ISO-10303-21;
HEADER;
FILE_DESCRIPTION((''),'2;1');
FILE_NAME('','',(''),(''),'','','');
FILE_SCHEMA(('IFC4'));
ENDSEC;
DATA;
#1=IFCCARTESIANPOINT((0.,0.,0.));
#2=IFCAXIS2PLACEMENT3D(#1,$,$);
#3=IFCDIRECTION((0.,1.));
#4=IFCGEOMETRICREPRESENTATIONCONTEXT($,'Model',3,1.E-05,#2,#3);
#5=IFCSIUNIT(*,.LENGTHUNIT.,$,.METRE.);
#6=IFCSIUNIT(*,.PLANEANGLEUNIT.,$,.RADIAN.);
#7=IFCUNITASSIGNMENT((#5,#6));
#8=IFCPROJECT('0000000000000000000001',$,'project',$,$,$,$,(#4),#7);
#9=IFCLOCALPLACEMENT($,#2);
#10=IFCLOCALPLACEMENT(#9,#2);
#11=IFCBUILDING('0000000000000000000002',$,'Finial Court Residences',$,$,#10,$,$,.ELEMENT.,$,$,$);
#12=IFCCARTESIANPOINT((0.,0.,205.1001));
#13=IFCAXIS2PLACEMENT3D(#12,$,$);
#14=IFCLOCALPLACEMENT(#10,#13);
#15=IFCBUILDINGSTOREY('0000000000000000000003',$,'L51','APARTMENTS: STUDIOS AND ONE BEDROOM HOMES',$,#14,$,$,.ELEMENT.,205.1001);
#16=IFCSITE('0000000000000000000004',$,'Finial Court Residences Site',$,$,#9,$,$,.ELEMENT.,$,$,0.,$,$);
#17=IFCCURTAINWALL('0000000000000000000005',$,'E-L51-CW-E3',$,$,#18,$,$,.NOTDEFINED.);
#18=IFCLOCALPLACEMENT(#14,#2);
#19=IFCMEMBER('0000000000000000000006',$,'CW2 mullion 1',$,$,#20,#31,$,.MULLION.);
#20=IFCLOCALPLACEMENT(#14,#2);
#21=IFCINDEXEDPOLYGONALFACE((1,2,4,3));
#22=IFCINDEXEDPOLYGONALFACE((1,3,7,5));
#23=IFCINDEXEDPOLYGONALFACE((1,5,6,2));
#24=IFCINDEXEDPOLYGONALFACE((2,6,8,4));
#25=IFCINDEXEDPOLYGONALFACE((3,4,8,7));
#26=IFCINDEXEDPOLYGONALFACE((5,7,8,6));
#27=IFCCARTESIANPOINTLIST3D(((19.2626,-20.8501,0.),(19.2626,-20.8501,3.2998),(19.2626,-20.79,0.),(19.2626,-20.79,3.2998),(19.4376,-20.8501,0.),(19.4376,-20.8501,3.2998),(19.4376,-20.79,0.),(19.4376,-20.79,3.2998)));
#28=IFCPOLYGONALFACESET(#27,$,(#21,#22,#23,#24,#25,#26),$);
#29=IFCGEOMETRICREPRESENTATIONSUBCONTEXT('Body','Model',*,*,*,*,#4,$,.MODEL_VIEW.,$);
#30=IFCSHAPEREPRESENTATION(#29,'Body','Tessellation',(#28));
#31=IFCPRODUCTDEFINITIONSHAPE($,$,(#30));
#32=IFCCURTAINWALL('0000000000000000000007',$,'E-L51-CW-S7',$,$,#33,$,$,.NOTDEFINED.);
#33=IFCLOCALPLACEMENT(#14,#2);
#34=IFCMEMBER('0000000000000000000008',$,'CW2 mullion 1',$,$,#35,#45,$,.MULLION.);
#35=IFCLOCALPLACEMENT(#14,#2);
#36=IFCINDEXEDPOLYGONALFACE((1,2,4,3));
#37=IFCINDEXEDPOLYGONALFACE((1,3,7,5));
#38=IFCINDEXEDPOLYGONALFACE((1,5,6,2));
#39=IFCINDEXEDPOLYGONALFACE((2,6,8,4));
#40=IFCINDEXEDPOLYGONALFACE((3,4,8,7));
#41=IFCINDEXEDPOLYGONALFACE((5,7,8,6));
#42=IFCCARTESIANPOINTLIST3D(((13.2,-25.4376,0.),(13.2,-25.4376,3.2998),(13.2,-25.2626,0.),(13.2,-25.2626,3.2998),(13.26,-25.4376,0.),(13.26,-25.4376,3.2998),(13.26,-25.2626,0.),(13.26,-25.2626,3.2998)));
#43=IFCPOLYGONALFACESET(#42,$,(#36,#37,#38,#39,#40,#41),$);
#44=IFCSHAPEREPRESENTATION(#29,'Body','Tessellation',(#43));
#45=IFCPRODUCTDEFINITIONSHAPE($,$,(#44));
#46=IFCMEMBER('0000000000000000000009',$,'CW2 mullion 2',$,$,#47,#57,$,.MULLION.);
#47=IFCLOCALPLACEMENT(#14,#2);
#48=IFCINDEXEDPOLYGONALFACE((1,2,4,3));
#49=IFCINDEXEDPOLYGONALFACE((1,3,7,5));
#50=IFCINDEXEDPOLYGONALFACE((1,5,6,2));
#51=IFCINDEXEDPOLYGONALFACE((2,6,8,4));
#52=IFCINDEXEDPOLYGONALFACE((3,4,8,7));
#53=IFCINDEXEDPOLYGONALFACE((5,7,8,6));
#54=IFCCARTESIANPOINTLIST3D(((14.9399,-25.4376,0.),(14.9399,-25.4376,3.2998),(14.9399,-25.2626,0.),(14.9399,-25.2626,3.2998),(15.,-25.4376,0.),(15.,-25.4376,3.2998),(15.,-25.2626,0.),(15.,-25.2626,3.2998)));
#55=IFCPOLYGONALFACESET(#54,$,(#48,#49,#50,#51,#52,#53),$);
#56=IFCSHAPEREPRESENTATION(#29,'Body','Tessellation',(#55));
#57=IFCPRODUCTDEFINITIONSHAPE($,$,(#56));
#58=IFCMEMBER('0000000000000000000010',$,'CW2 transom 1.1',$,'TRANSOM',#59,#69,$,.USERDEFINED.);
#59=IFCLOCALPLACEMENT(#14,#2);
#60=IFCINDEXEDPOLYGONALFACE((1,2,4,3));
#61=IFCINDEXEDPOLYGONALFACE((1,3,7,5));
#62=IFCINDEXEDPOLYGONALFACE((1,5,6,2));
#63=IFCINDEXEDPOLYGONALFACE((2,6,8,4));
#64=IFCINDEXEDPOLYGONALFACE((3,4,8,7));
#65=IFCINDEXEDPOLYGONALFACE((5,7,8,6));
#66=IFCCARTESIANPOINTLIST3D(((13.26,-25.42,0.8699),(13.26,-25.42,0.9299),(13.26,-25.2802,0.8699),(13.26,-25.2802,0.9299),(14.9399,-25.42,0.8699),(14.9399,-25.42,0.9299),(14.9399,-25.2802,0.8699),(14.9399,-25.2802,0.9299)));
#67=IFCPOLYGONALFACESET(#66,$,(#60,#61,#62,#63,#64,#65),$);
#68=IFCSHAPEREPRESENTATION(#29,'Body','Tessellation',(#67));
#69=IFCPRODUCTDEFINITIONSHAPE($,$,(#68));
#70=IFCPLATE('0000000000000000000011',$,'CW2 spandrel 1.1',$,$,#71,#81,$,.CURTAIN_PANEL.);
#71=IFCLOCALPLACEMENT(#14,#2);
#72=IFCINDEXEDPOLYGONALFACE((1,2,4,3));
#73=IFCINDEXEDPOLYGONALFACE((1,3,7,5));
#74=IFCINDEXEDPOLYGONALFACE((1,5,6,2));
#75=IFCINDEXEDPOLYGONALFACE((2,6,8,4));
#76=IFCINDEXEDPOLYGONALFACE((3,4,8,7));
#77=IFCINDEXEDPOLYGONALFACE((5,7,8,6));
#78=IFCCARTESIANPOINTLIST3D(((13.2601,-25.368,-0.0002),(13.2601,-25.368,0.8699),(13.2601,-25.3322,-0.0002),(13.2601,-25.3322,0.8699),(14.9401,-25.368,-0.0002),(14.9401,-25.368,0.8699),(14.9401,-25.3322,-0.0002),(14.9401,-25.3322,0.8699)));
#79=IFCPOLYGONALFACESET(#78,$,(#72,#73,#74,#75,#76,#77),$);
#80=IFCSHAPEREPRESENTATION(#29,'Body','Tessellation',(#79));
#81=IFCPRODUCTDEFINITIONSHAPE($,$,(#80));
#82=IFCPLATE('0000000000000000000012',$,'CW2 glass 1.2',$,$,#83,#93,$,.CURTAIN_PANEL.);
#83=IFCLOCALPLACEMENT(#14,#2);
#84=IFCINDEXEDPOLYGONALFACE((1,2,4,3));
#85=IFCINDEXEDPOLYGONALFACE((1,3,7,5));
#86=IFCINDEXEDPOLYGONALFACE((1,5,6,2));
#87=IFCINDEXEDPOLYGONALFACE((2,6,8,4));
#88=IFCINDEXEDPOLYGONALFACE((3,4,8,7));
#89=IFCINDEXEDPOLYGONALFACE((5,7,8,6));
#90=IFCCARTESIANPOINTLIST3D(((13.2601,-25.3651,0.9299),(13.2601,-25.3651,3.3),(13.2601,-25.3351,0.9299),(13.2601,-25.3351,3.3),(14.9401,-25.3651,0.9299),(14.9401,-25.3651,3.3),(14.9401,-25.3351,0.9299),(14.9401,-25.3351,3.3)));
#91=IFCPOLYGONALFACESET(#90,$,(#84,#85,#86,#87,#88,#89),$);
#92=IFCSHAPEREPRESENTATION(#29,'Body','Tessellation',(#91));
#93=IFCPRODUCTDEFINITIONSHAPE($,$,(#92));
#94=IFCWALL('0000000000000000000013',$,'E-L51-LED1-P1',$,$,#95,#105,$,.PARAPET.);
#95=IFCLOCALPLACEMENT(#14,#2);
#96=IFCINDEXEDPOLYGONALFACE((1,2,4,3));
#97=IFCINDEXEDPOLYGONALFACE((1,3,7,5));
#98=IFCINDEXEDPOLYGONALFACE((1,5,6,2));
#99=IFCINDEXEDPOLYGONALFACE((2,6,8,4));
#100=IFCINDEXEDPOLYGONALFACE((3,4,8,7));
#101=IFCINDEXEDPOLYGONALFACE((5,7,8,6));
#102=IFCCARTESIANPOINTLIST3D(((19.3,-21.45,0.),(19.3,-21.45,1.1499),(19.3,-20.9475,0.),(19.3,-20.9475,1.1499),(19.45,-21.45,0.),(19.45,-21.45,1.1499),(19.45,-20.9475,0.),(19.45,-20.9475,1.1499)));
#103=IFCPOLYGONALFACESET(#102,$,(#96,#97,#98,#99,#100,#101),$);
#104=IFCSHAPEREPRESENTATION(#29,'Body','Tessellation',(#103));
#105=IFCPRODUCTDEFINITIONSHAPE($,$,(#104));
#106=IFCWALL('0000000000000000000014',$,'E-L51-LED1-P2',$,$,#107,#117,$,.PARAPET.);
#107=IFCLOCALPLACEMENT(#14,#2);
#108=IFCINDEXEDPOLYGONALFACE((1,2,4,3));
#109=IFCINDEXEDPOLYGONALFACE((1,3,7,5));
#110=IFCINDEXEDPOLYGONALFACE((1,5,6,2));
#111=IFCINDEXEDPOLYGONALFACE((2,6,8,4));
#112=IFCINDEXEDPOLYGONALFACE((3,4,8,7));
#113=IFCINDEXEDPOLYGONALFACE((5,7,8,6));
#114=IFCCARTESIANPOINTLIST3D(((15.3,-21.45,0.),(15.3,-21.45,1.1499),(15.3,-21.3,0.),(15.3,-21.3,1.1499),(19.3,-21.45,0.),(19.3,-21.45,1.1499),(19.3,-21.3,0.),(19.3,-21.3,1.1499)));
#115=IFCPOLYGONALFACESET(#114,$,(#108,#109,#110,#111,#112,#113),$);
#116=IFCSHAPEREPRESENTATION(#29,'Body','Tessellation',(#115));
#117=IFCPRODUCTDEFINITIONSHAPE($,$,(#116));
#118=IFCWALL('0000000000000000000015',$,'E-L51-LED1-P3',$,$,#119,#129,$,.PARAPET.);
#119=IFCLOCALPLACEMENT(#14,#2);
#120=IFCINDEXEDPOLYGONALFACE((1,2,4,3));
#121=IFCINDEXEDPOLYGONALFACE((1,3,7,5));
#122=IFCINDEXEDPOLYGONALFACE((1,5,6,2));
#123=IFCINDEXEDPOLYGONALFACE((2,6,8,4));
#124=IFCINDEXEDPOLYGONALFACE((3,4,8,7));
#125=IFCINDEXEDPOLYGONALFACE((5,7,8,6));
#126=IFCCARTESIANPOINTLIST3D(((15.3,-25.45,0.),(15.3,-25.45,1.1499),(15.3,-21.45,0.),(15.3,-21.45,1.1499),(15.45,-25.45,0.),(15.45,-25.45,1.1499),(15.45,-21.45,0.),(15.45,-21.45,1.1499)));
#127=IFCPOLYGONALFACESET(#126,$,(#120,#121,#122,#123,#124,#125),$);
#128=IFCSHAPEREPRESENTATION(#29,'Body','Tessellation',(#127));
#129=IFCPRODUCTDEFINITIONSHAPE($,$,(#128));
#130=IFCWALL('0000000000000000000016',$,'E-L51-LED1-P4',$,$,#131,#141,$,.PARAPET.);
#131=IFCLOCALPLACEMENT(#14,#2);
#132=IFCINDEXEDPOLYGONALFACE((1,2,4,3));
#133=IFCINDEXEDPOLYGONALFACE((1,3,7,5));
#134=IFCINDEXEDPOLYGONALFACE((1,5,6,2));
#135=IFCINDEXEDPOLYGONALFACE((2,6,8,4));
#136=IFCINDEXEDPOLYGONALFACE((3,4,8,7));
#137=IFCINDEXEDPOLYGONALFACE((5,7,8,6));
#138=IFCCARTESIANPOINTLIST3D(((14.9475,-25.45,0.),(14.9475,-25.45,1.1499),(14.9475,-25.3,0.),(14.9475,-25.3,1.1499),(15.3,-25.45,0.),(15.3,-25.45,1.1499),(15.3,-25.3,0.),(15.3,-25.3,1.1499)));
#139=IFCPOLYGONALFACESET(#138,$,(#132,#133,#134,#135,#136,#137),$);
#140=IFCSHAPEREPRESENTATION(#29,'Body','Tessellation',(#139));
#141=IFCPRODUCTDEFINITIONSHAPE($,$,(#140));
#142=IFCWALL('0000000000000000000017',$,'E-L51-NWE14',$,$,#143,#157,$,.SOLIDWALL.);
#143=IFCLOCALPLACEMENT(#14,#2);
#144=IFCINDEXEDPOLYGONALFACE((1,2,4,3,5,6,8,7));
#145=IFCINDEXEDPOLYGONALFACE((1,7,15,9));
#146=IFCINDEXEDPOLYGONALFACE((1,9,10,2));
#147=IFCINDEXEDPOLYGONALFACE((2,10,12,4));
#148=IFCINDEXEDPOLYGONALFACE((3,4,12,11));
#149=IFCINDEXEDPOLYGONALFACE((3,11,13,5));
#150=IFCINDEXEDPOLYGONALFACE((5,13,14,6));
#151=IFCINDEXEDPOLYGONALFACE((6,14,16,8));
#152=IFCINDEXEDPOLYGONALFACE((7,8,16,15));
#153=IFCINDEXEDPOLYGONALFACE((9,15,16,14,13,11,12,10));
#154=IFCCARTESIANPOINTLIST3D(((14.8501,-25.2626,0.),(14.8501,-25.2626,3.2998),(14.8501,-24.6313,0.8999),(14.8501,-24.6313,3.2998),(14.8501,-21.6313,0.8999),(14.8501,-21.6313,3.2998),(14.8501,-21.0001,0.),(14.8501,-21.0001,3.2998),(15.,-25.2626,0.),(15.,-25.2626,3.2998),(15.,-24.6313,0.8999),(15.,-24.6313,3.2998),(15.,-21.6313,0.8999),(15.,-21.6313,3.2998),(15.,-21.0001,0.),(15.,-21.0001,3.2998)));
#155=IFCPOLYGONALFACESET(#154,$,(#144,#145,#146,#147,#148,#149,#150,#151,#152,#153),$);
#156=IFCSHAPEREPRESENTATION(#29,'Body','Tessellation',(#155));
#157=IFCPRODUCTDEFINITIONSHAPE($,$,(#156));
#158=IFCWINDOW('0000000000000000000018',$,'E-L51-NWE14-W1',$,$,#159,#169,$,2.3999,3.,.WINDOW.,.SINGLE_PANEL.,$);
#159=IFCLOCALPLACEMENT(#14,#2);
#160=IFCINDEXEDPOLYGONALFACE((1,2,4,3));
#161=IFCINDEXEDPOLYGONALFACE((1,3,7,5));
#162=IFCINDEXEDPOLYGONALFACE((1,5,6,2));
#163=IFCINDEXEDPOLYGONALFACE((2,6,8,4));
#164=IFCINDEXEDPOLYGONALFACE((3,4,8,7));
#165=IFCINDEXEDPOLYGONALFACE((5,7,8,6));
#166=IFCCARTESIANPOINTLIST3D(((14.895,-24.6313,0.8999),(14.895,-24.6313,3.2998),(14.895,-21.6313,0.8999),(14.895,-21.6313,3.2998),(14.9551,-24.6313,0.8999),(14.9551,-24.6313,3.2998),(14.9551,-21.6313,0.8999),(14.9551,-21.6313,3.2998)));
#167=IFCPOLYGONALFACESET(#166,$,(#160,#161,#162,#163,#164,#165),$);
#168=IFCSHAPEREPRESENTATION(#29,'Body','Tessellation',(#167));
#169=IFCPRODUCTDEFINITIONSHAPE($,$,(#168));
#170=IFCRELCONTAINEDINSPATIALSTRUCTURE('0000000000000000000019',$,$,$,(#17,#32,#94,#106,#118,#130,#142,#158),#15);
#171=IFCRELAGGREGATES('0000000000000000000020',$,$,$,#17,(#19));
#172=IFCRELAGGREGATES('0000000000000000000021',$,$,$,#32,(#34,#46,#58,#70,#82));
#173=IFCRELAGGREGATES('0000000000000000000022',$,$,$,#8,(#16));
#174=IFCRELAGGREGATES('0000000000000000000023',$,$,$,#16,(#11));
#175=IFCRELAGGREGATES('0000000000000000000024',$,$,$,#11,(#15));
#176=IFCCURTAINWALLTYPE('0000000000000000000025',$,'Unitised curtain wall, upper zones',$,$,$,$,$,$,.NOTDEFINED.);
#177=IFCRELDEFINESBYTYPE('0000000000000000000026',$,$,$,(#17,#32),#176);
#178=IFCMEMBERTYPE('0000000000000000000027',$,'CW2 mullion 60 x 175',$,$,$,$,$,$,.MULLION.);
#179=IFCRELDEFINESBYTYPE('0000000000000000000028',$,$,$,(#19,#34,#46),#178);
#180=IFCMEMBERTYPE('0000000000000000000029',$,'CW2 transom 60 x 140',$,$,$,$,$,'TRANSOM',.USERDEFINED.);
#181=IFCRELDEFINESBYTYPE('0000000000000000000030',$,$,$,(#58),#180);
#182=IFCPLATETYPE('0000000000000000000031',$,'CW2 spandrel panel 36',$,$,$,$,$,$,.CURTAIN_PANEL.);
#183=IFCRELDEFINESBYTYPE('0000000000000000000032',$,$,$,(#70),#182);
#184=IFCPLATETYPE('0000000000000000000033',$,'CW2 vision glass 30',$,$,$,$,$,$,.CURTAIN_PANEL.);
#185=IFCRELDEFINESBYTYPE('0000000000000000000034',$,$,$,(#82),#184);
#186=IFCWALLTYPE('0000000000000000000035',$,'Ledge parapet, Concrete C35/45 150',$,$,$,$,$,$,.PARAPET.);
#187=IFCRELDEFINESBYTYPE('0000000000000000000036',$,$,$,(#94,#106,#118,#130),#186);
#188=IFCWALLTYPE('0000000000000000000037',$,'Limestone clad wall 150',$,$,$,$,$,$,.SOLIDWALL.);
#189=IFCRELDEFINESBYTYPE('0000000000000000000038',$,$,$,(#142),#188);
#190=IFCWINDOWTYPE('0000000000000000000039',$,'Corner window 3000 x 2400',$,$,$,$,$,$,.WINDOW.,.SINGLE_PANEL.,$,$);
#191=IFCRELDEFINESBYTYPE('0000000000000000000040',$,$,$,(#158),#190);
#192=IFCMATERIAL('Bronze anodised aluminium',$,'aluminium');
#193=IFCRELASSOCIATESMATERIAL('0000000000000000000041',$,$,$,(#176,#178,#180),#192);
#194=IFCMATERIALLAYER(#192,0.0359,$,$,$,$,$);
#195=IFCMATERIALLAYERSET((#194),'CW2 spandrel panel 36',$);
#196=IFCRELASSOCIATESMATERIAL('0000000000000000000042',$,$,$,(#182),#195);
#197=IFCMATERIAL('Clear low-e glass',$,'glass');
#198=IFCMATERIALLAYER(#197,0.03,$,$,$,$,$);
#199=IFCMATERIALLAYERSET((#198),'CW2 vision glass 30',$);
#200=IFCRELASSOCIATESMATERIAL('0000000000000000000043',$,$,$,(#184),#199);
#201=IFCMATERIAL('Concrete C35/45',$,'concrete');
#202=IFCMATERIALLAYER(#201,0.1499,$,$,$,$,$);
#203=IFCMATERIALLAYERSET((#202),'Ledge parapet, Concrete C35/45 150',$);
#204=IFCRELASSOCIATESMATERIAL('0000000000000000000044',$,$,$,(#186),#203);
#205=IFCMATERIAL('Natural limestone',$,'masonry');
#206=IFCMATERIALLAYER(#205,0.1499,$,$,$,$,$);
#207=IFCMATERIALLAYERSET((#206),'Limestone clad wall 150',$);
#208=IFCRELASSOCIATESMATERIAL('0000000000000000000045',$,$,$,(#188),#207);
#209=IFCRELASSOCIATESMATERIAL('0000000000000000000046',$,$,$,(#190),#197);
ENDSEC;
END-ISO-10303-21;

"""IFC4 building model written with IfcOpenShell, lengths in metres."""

from ifc_helpers import new_model, si_unit, direction, frame, frame_2d, origin, origin_2d, place, context, subcontext, project, spatial, rectangle, extrude, material, layer, layer_set, material_profile, profile_set, type_object, element, fill, aggregate, save


model = new_model("IFC4")

# Units and contexts
model_context = context("Model", 3, precision=1e-05, world=origin(), true_north=direction((0.0, 1.0)))
body_context = subcontext(model_context, "Body", "Model", "MODEL_VIEW")
ifc_project = project(units=[si_unit("LENGTHUNIT", "METRE"), si_unit("PLANEANGLEUNIT", "RADIAN")], contexts=[model_context])

# Site, building, storey
site_placement = place(None, origin())
site = spatial("IfcSite", under=ifc_project, at=site_placement, Name="Finial Court Residences Site", CompositionType="ELEMENT", RefElevation=0.0)
building_placement = place(site_placement, origin())
building = spatial("IfcBuilding", under=site, at=building_placement, Name="Finial Court Residences", CompositionType="ELEMENT")
storey_placement = place(building_placement, frame((0.0, 0.0, 205.1001)))
storey = spatial("IfcBuildingStorey", under=building, at=storey_placement, Name="L51", Description="APARTMENTS: STUDIOS AND ONE BEDROOM HOMES", CompositionType="ELEMENT", Elevation=205.1001)

# Curtain wall, member
ifc_material_1 = material(Name="Bronze anodised aluminium", Category="aluminium")
curtain_wall_type = type_object("IfcCurtainWallType", Name="Unitised curtain wall, upper zones", PredefinedType="NOTDEFINED", material=ifc_material_1)
curtain_wall_1_placement = place(storey_placement, origin())
curtain_wall_1 = element("IfcCurtainWall", 1, at=curtain_wall_1_placement, inside=storey, type_object=curtain_wall_type, Name="E-L51-CW-E3", PredefinedType="NOTDEFINED")
ifc_material_profile_1 = material_profile(ifc_material_1, rectangle(XDim=0.175, YDim=0.0601, at=origin_2d()), Name="CW2 mullion 60 x 175")
ifc_profile_set_1 = profile_set([ifc_material_profile_1], Name="Bronze anodised aluminium")
member_type_1 = type_object("IfcMemberType", Name="CW2 mullion 60 x 175", PredefinedType="MULLION", material=ifc_profile_set_1)
member_1_placement = place(storey_placement, frame((19.3501, -20.8201, 0.0), z_axis=(0.0, 0.0, 1.0), x_axis=(-1.0, 0.0, 0.0)))
member_1 = element("IfcMember", 2, at=member_1_placement, type_object=member_type_1, Name="CW2 mullion 1", PredefinedType="MULLION", context=body_context, shape_type="SweptSolid", body=[
    extrude(rectangle(XDim=0.175, YDim=0.0601, at=origin_2d()), origin(), (0.0, 0.0, 1.0), 3.2998),
])
aggregate(curtain_wall_1, [member_1])

# Curtain wall, members, plates
curtain_wall_2_placement = place(storey_placement, origin())
curtain_wall_2 = element("IfcCurtainWall", 3, at=curtain_wall_2_placement, inside=storey, type_object=curtain_wall_type, Name="E-L51-CW-S7", PredefinedType="NOTDEFINED")
member_2_placement = place(storey_placement, frame((13.23, -25.3501, 0.0), z_axis=(0.0, 0.0, 1.0), x_axis=(0.0, 1.0, 0.0)))
member_2 = element("IfcMember", 4, at=member_2_placement, type_object=member_type_1, Name="CW2 mullion 1", PredefinedType="MULLION", context=body_context, shape_type="SweptSolid", body=[
    extrude(rectangle(XDim=0.175, YDim=0.0601, at=origin_2d()), origin(), (0.0, 0.0, 1.0), 3.2998),
])
member_3_placement = place(storey_placement, frame((14.97, -25.3501, 0.0), z_axis=(0.0, 0.0, 1.0), x_axis=(0.0, 1.0, 0.0)))
member_3 = element("IfcMember", 5, at=member_3_placement, type_object=member_type_1, Name="CW2 mullion 2", PredefinedType="MULLION", context=body_context, shape_type="SweptSolid", body=[
    extrude(rectangle(XDim=0.175, YDim=0.0601, at=origin_2d()), origin(), (0.0, 0.0, 1.0), 3.2998),
])
ifc_material_profile_2 = material_profile(ifc_material_1, rectangle(XDim=0.1399, YDim=0.0601, at=origin_2d()), Name="CW2 transom 60 x 140")
ifc_profile_set_2 = profile_set([ifc_material_profile_2], Name="Bronze anodised aluminium")
member_type_2 = type_object("IfcMemberType", Name="CW2 transom 60 x 140", ElementType="TRANSOM", PredefinedType="USERDEFINED", material=ifc_profile_set_2)
member_4_placement = place(storey_placement, frame((13.26, -25.3501, 0.8999), z_axis=(1.0, 0.0, 0.0), x_axis=(0.0, 1.0, 0.0)))
member_4 = element("IfcMember", 6, at=member_4_placement, type_object=member_type_2, Name="CW2 transom 1.1", ObjectType="TRANSOM", PredefinedType="USERDEFINED", context=body_context, shape_type="SweptSolid", body=[
    extrude(rectangle(XDim=0.1399, YDim=0.0601, at=origin_2d()), origin(), (0.0, 0.0, 1.0), 1.6799),
])
ifc_layer_1 = layer(ifc_material_1, 0.0359)
ifc_layer_set_1 = layer_set([ifc_layer_1], Name="CW2 spandrel panel 36")
plate_type_1 = type_object("IfcPlateType", Name="CW2 spandrel panel 36", PredefinedType="CURTAIN_PANEL", material=ifc_layer_set_1)
plate_1_placement = place(storey_placement, frame((14.1001, -25.3501, -0.0002), z_axis=(0.0, 0.0, 1.0), x_axis=(1.0, 0.0, 0.0)))
plate_1 = element("IfcPlate", 7, at=plate_1_placement, type_object=plate_type_1, Name="CW2 spandrel 1.1", PredefinedType="CURTAIN_PANEL", context=body_context, shape_type="SweptSolid", body=[
    extrude(rectangle(XDim=1.6799, YDim=0.0359, at=origin_2d()), origin(), (0.0, 0.0, 1.0), 0.8701),
])
ifc_material_2 = material(Name="Clear low-e glass", Category="glass")
ifc_layer_2 = layer(ifc_material_2, 0.03)
ifc_layer_set_2 = layer_set([ifc_layer_2], Name="CW2 vision glass 30")
plate_type_2 = type_object("IfcPlateType", Name="CW2 vision glass 30", PredefinedType="CURTAIN_PANEL", material=ifc_layer_set_2)
plate_2_placement = place(storey_placement, frame((14.1001, -25.3501, 0.9299), z_axis=(0.0, 0.0, 1.0), x_axis=(1.0, 0.0, 0.0)))
plate_2 = element("IfcPlate", 8, at=plate_2_placement, type_object=plate_type_2, Name="CW2 glass 1.2", PredefinedType="CURTAIN_PANEL", context=body_context, shape_type="SweptSolid", body=[
    extrude(rectangle(XDim=1.6799, YDim=0.03, at=origin_2d()), origin(), (0.0, 0.0, 1.0), 2.3701),
])
aggregate(curtain_wall_2, [member_2, member_3, member_4, plate_1, plate_2])

# Walls
ifc_material_3 = material(Name="Concrete C35/45", Category="concrete")
ifc_layer_3 = layer(ifc_material_3, 0.1499)
ifc_layer_set_3 = layer_set([ifc_layer_3], Name="Ledge parapet, Concrete C35/45 150")
wall_type_1 = type_object("IfcWallType", Name="Ledge parapet, Concrete C35/45 150", PredefinedType="PARAPET", material=ifc_layer_set_3)
wall_1_placement = place(storey_placement, frame((19.375, -20.9475, 0.0), z_axis=(0.0, 0.0, 1.0), x_axis=(0.0, -1.0, 0.0)))
element("IfcWall", 9, at=wall_1_placement, inside=storey, type_object=wall_type_1, Name="E-L51-LED1-P1", PredefinedType="PARAPET", context=body_context, shape_type="SweptSolid", body=[
    extrude(rectangle(XDim=0.5024, YDim=0.1499, at=frame_2d((0.2512, 0.0))), origin(), (0.0, 0.0, 1.0), 1.1499),
])
for number, where, z_axis, x_axis, name in (
    (10, (19.3, -21.375, 0.0), (0.0, 0.0, 1.0), (-1.0, 0.0, 0.0), "E-L51-LED1-P2"),
    (11, (15.375, -21.45, 0.0), (0.0, 0.0, 1.0), (0.0, -1.0, 0.0), "E-L51-LED1-P3"),
):
    element("IfcWall", number, at=place(storey_placement, frame(where, z_axis=z_axis, x_axis=x_axis)), inside=storey, type_object=wall_type_1, Name=name, PredefinedType="PARAPET", context=body_context, shape_type="SweptSolid", body=[
        extrude(rectangle(XDim=4.0, YDim=0.1499, at=frame_2d((2.0, 0.0))), origin(), (0.0, 0.0, 1.0), 1.1499),
    ])
wall_2_placement = place(storey_placement, frame((15.3, -25.375, 0.0), z_axis=(0.0, 0.0, 1.0), x_axis=(-1.0, 0.0, 0.0)))
element("IfcWall", 12, at=wall_2_placement, inside=storey, type_object=wall_type_1, Name="E-L51-LED1-P4", PredefinedType="PARAPET", context=body_context, shape_type="SweptSolid", body=[
    extrude(rectangle(XDim=0.3525, YDim=0.1499, at=frame_2d((0.1763, 0.0))), origin(), (0.0, 0.0, 1.0), 1.1499),
])

# Wall, opening, window
ifc_material_4 = material(Name="Natural limestone", Category="masonry")
ifc_layer_4 = layer(ifc_material_4, 0.1499)
ifc_layer_set_4 = layer_set([ifc_layer_4], Name="Limestone clad wall 150")
wall_type_2 = type_object("IfcWallType", Name="Limestone clad wall 150", PredefinedType="SOLIDWALL", material=ifc_layer_set_4)
wall_3_placement = place(storey_placement, frame((14.925, -21.0, 0.0), z_axis=(0.0, 0.0, 1.0), x_axis=(0.0, -1.0, 0.0)))
wall_3 = element("IfcWall", 13, at=wall_3_placement, inside=storey, type_object=wall_type_2, Name="E-L51-NWE14", PredefinedType="SOLIDWALL", context=body_context, shape_type="SweptSolid", body=[
    extrude(rectangle(XDim=4.2625, YDim=0.1499, at=frame_2d((2.1313, 0.0))), origin(), (0.0, 0.0, 1.0), 3.2998),
])
opening_1_placement = place(wall_3_placement, frame((0.6313, 0.0, 0.8999)))
opening_1 = element("IfcOpeningElement", 14, at=opening_1_placement, cuts=wall_3, PredefinedType="OPENING", context=body_context, shape_type="SweptSolid", body=[
    extrude(rectangle(XDim=3.0, YDim=2.3999, at=frame_2d((1.5, 1.2))), frame((0.0, 0.085, 0.0), z_axis=(0.0, -1.0, 0.0), x_axis=(1.0, 0.0, 0.0)), (0.0, 0.0, 1.0), 0.1699),
])
window_type = type_object("IfcWindowType", Name="Corner window 3000 x 2400", PartitioningType="SINGLE_PANEL", PredefinedType="WINDOW", material=ifc_material_2)
window_1_placement = place(opening_1_placement, origin())
window_1 = element("IfcWindow", 15, at=window_1_placement, inside=storey, type_object=window_type, Name="E-L51-NWE14-W1", OverallHeight=2.3999, OverallWidth=3.0, PartitioningType="SINGLE_PANEL", PredefinedType="WINDOW", context=body_context, shape_type="SweptSolid", body=[
    extrude(rectangle(XDim=3.0, YDim=2.3999, at=frame_2d((1.5, 1.2))), frame((0.0, 0.03, 0.0), z_axis=(0.0, -1.0, 0.0), x_axis=(1.0, 0.0, 0.0)), (0.0, 0.0, 1.0), 0.0601),
])
fill(opening_1, window_1)

save(model, "model.ifc")
